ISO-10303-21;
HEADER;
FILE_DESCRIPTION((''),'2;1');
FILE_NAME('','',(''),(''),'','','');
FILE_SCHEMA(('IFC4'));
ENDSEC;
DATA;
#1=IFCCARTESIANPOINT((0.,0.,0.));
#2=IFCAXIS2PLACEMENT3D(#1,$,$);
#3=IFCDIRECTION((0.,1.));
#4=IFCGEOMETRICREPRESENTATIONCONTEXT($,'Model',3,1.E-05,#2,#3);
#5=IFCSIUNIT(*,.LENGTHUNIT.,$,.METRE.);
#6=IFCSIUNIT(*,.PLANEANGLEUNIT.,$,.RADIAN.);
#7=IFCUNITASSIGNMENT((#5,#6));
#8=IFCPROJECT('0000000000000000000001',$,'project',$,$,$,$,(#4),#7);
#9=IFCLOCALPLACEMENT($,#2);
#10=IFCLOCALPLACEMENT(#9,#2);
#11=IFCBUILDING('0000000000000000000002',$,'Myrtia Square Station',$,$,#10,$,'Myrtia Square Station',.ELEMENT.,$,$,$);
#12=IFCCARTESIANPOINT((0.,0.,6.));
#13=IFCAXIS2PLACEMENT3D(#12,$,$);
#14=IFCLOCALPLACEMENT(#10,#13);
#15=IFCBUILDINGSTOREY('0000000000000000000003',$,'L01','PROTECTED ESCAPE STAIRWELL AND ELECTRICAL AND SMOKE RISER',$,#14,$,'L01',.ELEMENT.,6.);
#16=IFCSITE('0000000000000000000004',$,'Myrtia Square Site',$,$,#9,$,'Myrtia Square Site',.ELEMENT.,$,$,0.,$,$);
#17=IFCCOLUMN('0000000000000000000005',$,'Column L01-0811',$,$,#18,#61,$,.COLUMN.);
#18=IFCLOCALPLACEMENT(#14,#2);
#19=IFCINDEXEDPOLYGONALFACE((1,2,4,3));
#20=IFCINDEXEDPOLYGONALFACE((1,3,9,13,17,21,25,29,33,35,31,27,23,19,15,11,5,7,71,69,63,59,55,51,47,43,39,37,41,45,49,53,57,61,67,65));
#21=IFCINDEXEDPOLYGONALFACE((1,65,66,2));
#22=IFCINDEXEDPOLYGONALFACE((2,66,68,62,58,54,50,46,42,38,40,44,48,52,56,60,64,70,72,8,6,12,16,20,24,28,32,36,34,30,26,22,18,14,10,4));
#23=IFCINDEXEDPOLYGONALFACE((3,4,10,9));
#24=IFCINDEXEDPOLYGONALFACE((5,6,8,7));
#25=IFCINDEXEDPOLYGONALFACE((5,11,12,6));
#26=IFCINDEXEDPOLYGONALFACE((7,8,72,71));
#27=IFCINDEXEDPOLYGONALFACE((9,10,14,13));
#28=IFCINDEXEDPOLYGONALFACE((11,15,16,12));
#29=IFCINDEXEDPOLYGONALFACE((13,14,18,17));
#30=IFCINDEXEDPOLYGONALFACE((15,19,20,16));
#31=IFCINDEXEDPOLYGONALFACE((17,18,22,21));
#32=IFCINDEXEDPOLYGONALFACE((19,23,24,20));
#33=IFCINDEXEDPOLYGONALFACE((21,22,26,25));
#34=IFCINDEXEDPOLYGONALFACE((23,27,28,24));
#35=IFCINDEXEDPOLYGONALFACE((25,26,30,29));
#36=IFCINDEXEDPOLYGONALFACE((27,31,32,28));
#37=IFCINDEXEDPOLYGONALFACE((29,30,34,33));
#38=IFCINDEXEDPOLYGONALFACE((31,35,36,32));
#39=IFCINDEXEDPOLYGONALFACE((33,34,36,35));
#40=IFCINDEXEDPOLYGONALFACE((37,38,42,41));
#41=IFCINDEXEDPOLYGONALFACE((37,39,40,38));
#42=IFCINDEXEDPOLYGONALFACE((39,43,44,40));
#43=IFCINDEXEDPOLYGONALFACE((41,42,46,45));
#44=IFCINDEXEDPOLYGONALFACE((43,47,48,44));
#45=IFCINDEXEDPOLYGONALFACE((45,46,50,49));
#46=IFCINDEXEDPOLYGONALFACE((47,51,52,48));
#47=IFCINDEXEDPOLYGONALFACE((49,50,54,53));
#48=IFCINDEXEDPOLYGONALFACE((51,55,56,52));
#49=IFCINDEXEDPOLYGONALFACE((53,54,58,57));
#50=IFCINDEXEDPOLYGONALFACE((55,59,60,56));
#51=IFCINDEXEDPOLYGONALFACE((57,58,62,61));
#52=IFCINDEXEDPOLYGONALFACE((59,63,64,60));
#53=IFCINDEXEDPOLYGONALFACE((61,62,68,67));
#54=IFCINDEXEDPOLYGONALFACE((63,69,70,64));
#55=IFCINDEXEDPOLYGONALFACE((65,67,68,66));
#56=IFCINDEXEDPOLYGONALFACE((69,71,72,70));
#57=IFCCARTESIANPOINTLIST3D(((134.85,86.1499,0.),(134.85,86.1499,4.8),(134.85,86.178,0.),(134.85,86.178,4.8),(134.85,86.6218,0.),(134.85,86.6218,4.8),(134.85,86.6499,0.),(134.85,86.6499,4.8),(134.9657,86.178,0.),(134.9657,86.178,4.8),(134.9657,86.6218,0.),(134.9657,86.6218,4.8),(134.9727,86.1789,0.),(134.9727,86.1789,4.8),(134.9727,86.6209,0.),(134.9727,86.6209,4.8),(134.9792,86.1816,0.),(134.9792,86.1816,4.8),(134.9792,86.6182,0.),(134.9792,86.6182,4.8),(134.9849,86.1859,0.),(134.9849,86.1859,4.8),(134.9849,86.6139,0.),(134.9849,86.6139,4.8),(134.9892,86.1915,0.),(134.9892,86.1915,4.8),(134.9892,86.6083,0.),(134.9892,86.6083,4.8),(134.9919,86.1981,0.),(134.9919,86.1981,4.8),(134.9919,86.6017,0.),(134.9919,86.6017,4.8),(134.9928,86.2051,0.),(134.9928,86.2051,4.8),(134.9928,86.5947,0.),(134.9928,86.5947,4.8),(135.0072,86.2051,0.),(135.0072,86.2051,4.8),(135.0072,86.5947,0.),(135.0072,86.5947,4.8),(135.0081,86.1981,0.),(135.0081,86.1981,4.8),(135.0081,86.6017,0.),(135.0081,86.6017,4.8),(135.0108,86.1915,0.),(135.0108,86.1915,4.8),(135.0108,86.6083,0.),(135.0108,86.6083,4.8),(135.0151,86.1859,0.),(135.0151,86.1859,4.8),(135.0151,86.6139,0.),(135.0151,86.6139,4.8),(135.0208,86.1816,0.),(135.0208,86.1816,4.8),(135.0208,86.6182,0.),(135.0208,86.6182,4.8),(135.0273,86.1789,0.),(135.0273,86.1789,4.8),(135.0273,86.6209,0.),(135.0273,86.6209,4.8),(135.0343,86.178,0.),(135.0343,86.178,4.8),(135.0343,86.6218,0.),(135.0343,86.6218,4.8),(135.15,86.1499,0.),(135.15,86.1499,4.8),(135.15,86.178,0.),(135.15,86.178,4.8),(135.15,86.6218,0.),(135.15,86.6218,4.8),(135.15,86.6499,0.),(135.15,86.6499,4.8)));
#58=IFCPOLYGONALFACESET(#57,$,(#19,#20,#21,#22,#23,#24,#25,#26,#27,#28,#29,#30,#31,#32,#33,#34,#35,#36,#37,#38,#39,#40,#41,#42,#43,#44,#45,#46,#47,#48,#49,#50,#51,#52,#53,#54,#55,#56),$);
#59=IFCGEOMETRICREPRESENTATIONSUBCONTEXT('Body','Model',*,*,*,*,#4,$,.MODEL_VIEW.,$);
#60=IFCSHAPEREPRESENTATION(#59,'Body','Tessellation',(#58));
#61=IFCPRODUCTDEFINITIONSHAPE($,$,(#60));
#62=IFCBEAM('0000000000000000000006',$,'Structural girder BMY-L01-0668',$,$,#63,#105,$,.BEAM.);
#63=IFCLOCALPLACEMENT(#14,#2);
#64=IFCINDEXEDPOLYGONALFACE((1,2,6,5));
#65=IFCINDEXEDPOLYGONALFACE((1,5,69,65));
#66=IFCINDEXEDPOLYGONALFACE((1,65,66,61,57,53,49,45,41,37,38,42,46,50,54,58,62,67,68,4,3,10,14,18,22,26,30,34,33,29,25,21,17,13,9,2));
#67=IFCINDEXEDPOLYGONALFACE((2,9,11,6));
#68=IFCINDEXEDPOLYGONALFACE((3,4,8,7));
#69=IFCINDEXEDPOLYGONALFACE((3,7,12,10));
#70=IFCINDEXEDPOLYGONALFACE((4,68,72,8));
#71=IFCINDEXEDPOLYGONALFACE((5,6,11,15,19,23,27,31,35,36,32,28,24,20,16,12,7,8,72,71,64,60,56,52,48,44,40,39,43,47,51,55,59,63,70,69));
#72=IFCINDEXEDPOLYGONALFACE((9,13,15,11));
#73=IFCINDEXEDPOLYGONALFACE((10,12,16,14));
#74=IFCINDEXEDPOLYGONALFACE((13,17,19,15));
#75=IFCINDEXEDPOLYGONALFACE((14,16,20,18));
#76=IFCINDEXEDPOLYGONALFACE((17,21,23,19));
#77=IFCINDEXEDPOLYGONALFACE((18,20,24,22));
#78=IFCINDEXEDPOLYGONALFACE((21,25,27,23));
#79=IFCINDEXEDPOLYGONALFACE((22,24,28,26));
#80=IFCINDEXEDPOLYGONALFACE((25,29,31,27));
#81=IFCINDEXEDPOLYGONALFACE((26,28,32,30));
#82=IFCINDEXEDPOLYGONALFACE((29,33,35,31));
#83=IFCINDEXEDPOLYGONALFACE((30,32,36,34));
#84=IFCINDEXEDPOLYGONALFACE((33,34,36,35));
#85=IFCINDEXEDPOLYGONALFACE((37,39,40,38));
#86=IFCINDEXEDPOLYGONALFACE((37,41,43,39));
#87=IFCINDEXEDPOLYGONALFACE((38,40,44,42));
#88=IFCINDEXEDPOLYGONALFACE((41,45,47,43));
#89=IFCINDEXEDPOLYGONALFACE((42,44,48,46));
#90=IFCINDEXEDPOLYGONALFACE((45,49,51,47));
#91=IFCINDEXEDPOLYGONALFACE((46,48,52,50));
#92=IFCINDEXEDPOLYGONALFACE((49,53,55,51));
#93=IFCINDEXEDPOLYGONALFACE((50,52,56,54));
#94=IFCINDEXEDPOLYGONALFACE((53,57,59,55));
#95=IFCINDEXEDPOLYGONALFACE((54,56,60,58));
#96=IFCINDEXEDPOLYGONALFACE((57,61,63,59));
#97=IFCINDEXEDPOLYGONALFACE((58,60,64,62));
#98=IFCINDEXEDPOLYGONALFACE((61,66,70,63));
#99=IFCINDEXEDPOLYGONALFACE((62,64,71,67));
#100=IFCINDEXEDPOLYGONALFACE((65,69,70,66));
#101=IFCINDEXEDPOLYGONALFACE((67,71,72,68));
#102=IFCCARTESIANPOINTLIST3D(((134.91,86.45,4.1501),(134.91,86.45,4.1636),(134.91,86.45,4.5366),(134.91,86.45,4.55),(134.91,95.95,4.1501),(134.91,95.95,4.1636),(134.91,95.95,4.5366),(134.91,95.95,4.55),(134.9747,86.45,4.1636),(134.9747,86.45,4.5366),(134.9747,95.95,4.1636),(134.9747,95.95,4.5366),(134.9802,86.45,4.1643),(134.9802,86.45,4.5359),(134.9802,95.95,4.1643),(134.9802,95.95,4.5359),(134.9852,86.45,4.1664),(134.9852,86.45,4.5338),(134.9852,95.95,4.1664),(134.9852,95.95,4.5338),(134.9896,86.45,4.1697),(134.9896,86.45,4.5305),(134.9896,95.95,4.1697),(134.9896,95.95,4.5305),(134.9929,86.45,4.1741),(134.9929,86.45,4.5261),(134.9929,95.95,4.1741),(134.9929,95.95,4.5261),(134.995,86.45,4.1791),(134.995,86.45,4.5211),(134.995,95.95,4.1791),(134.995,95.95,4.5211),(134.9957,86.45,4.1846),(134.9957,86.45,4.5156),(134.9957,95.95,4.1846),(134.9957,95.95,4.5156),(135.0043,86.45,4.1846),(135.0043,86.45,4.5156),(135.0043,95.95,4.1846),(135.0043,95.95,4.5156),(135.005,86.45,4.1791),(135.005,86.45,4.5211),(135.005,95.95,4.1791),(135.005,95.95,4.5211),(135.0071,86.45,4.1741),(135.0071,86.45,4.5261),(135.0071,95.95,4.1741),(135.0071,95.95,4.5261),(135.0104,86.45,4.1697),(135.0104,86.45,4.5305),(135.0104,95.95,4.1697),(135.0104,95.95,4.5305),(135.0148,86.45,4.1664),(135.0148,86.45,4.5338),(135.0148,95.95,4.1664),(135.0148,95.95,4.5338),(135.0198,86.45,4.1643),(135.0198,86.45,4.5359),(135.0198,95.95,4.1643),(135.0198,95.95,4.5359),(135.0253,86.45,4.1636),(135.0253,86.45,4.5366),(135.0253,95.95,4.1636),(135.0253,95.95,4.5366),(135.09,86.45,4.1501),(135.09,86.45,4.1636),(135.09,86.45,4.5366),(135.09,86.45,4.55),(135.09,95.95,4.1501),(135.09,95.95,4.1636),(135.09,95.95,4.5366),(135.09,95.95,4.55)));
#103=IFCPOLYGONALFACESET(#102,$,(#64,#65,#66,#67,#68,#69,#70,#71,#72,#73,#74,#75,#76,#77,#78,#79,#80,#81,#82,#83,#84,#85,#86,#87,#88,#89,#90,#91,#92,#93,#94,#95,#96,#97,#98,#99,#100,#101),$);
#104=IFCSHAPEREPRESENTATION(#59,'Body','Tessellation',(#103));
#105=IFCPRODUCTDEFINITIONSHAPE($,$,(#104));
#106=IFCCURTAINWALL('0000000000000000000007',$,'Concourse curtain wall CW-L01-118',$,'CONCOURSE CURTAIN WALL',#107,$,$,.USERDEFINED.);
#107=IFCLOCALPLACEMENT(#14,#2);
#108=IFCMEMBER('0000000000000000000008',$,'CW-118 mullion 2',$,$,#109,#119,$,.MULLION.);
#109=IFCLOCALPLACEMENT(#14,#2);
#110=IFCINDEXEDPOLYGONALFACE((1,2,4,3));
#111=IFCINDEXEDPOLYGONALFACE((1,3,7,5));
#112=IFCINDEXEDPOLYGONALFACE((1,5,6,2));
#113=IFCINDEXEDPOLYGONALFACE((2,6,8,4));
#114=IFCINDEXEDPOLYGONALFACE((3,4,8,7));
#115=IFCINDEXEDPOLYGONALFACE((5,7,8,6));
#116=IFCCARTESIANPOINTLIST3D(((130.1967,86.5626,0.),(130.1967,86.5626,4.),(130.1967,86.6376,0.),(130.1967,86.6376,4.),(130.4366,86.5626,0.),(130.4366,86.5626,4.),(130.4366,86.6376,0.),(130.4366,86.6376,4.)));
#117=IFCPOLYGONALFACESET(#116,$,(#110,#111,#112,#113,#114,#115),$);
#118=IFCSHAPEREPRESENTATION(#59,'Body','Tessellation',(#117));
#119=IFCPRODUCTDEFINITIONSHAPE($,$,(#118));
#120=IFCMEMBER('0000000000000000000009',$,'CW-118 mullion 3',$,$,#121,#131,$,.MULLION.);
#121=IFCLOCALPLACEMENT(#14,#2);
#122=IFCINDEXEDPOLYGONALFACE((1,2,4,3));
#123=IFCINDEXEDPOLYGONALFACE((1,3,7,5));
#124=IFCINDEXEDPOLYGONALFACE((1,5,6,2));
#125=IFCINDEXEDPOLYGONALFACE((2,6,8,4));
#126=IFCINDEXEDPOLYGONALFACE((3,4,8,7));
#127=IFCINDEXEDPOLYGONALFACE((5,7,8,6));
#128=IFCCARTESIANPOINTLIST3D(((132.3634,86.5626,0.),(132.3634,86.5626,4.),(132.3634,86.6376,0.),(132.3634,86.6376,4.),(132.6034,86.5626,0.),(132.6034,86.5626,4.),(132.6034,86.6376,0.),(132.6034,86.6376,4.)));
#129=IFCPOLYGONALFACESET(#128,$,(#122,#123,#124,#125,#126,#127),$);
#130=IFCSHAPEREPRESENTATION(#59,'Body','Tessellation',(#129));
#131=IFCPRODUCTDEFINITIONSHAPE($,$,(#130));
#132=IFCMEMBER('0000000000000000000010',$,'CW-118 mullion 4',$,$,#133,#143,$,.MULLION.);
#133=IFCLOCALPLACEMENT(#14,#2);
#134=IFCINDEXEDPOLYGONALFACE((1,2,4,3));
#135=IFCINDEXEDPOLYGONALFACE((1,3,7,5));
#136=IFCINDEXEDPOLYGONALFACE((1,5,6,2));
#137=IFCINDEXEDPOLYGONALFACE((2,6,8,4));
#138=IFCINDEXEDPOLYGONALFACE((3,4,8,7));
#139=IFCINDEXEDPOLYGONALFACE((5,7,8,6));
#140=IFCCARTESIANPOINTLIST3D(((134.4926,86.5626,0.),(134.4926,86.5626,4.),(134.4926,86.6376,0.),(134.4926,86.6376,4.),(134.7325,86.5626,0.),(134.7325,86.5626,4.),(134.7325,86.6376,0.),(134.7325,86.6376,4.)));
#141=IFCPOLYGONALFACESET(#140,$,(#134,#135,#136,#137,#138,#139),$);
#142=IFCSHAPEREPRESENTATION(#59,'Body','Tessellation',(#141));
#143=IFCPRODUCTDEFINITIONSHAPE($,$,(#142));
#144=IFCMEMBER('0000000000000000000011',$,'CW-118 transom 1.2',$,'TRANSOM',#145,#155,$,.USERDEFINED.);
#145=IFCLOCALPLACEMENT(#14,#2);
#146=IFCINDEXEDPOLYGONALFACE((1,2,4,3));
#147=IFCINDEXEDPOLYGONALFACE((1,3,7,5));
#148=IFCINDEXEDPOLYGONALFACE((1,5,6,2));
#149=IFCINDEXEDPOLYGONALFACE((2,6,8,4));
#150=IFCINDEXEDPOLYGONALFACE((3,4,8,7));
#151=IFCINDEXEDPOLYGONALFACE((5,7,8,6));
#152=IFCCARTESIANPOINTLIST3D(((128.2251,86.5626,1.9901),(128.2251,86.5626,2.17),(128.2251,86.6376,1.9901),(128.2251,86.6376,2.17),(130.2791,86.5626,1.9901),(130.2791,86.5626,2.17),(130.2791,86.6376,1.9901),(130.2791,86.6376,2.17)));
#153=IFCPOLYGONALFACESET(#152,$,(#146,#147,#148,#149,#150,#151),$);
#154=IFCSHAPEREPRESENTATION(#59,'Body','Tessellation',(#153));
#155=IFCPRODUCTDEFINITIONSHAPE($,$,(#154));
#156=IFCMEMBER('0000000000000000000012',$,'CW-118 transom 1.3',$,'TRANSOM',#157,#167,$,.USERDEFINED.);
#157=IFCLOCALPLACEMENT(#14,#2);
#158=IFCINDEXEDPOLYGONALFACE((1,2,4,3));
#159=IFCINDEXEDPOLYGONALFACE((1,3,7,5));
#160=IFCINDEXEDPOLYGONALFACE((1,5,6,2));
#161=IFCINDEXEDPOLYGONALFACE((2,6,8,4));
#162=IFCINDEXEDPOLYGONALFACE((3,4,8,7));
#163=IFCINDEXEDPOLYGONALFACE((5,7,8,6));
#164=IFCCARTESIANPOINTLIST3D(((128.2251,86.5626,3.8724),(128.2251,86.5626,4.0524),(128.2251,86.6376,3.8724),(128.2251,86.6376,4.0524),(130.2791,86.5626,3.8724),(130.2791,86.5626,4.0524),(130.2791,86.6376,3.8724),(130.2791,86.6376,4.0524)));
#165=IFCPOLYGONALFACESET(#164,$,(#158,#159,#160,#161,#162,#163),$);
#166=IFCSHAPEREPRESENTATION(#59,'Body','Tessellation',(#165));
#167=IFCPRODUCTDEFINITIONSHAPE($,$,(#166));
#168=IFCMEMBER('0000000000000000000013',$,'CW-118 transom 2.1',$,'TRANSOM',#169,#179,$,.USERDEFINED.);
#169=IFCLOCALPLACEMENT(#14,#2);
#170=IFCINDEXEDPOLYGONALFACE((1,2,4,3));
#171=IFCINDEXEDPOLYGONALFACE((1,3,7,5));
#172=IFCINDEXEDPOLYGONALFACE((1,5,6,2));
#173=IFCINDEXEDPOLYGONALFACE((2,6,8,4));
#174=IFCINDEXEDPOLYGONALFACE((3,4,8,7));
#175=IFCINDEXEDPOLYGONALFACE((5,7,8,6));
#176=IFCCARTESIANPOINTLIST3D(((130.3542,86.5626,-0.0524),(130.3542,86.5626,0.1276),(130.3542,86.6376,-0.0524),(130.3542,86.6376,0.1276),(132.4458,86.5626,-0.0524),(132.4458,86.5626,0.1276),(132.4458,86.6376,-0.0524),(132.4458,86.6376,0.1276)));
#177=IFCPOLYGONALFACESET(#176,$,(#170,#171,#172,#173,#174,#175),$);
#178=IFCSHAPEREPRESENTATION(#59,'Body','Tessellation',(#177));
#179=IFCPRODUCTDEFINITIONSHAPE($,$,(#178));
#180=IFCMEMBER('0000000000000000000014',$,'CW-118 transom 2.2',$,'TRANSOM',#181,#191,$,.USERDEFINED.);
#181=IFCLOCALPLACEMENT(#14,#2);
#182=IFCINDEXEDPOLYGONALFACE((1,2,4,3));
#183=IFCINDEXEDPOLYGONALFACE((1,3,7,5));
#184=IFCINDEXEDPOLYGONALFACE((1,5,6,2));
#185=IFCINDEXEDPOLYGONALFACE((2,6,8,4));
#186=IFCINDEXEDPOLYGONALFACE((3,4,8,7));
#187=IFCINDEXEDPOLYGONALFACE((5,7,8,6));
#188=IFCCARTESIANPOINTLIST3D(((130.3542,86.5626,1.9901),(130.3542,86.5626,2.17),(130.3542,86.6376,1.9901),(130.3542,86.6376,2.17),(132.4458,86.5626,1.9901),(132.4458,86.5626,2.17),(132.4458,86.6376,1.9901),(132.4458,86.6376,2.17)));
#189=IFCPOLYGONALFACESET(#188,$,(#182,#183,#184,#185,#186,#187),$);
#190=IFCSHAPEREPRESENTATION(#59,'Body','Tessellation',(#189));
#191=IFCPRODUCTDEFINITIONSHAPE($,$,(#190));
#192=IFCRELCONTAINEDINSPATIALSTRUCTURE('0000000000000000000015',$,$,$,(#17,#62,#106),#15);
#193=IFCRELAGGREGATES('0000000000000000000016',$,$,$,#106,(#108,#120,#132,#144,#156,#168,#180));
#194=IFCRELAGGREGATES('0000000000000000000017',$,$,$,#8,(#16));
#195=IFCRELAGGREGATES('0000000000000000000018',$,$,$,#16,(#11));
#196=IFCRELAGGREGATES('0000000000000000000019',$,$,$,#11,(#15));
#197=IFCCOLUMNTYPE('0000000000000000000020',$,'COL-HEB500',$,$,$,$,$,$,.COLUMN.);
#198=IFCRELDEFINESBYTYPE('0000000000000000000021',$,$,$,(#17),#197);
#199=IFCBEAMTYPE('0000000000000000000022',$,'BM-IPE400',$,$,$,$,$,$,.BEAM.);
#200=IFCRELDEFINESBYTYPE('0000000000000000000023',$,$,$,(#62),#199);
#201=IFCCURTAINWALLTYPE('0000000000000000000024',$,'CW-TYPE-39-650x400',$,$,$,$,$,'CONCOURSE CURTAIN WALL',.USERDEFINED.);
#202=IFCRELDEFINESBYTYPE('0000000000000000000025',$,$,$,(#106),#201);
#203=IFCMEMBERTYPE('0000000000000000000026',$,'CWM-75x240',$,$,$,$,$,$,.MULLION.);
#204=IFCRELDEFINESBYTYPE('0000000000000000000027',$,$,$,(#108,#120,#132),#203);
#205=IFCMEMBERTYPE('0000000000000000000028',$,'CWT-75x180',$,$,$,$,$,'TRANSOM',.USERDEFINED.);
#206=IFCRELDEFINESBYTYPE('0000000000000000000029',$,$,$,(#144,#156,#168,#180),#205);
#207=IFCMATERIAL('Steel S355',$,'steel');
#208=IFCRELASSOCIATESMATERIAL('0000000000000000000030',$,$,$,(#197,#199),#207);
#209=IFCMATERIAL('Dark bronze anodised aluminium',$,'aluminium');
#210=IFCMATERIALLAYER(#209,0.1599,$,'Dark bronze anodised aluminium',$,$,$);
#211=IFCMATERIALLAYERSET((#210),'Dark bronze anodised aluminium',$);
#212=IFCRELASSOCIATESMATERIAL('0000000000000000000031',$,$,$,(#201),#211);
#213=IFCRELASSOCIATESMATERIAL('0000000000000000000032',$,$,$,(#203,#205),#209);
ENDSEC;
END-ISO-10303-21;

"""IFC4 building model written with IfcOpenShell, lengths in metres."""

from ifc_helpers import new_model, si_unit, direction, frame, origin, origin_2d, place, context, subcontext, project, spatial, rectangle, i_section, extrude, material, layer, layer_set, material_profile, profile_set, type_object, element, aggregate, save


model = new_model("IFC4")

# Units and contexts
model_context = context("Model", 3, precision=1e-05, world=origin(), true_north=direction((0.0, 1.0)))
body_context = subcontext(model_context, "Body", "Model", "MODEL_VIEW")
ifc_project = project(units=[si_unit("LENGTHUNIT", "METRE"), si_unit("PLANEANGLEUNIT", "RADIAN")], contexts=[model_context])

# Site, building, storey
site_placement = place(None, origin())
site = spatial("IfcSite", under=ifc_project, at=site_placement, Name="Myrtia Square Site", LongName="Myrtia Square Site", CompositionType="ELEMENT", RefElevation=0.0)
building_placement = place(site_placement, origin())
building = spatial("IfcBuilding", under=site, at=building_placement, Name="Myrtia Square Station", LongName="Myrtia Square Station", CompositionType="ELEMENT")
storey_placement = place(building_placement, frame((0.0, 0.0, 6.0)))
storey = spatial("IfcBuildingStorey", under=building, at=storey_placement, Name="L01", Description="PROTECTED ESCAPE STAIRWELL AND ELECTRICAL AND SMOKE RISER", LongName="L01", CompositionType="ELEMENT", Elevation=6.0)

# Column
ifc_material_1 = material(Name="Steel S355", Category="steel")
ifc_material_profile_1 = material_profile(ifc_material_1, i_section(OverallWidth=0.3, OverallDepth=0.5, WebThickness=0.0144, FlangeThickness=0.0281, FilletRadius=0.0271, at=origin_2d()), Name="HEB 500")
ifc_profile_set_1 = profile_set([ifc_material_profile_1], Name="Steel S355")
column_type = type_object("IfcColumnType", Name="COL-HEB500", PredefinedType="COLUMN", material=ifc_profile_set_1)
column_placement = place(storey_placement, frame((135.0, 86.3999, 0.0), z_axis=(0.0, 0.0, 1.0), x_axis=(1.0, 0.0, 0.0)))
element("IfcColumn", 1, at=column_placement, inside=storey, type_object=column_type, Name="Column L01-0811", PredefinedType="COLUMN", context=body_context, shape_type="SweptSolid", body=[
    extrude(i_section(OverallWidth=0.3, OverallDepth=0.5, WebThickness=0.0144, FlangeThickness=0.0281, FilletRadius=0.0271, at=origin_2d()), origin(), (0.0, 0.0, 1.0), 4.8),
])

# Beam
ifc_material_profile_2 = material_profile(ifc_material_1, i_section(OverallWidth=0.1799, OverallDepth=0.3999, WebThickness=0.0085, FlangeThickness=0.0134, FilletRadius=0.021, at=origin_2d()), Name="IPE 400")
ifc_profile_set_2 = profile_set([ifc_material_profile_2], Name="Steel S355")
beam_type = type_object("IfcBeamType", Name="BM-IPE400", PredefinedType="BEAM", material=ifc_profile_set_2)
beam_placement = place(storey_placement, frame((135.0, 86.45, 4.3501), z_axis=(0.0, 1.0, 0.0), x_axis=(-1.0, 0.0, 0.0)))
element("IfcBeam", 2, at=beam_placement, inside=storey, type_object=beam_type, Name="Structural girder BMY-L01-0668", PredefinedType="BEAM", context=body_context, shape_type="SweptSolid", body=[
    extrude(i_section(OverallWidth=0.1799, OverallDepth=0.3999, WebThickness=0.0085, FlangeThickness=0.0134, FilletRadius=0.021, at=origin_2d()), origin(), (0.0, 0.0, 1.0), 9.5),
])

# Curtain wall, members
ifc_material_2 = material(Name="Dark bronze anodised aluminium", Category="aluminium")
ifc_layer_1 = layer(ifc_material_2, 0.1599, Name="Dark bronze anodised aluminium")
ifc_layer_set_1 = layer_set([ifc_layer_1], Name="Dark bronze anodised aluminium")
curtain_wall_type = type_object("IfcCurtainWallType", Name="CW-TYPE-39-650x400", ElementType="CONCOURSE CURTAIN WALL", PredefinedType="USERDEFINED", material=ifc_layer_set_1)
curtain_wall_placement = place(storey_placement, origin())
curtain_wall = element("IfcCurtainWall", 3, at=curtain_wall_placement, inside=storey, type_object=curtain_wall_type, Name="Concourse curtain wall CW-L01-118", ObjectType="CONCOURSE CURTAIN WALL", PredefinedType="USERDEFINED")
ifc_material_profile_3 = material_profile(ifc_material_2, rectangle(XDim=0.075, YDim=0.24, at=origin_2d()), Name="ALU-M 75x240")
ifc_profile_set_3 = profile_set([ifc_material_profile_3], Name="Dark bronze anodised aluminium")
member_type_1 = type_object("IfcMemberType", Name="CWM-75x240", PredefinedType="MULLION", material=ifc_profile_set_3)
member_1_placement = place(storey_placement, frame((130.3167, 86.6001, 0.0), z_axis=(0.0, 0.0, 1.0), x_axis=(0.0, 1.0, 0.0)))
member_1 = element("IfcMember", 4, at=member_1_placement, type_object=member_type_1, Name="CW-118 mullion 2", PredefinedType="MULLION", context=body_context, shape_type="SweptSolid", body=[
    extrude(rectangle(XDim=0.075, YDim=0.24, at=origin_2d()), origin(), (0.0, 0.0, 1.0), 4.0),
])
member_2_placement = place(storey_placement, frame((132.4834, 86.6001, 0.0), z_axis=(0.0, 0.0, 1.0), x_axis=(0.0, 1.0, 0.0)))
member_2 = element("IfcMember", 5, at=member_2_placement, type_object=member_type_1, Name="CW-118 mullion 3", PredefinedType="MULLION", context=body_context, shape_type="SweptSolid", body=[
    extrude(rectangle(XDim=0.075, YDim=0.24, at=origin_2d()), origin(), (0.0, 0.0, 1.0), 4.0),
])
member_3_placement = place(storey_placement, frame((134.6125, 86.6001, 0.0), z_axis=(0.0, 0.0, 1.0), x_axis=(0.0, 1.0, 0.0)))
member_3 = element("IfcMember", 6, at=member_3_placement, type_object=member_type_1, Name="CW-118 mullion 4", PredefinedType="MULLION", context=body_context, shape_type="SweptSolid", body=[
    extrude(rectangle(XDim=0.075, YDim=0.24, at=origin_2d()), origin(), (0.0, 0.0, 1.0), 4.0),
])
ifc_material_profile_4 = material_profile(ifc_material_2, rectangle(XDim=0.075, YDim=0.1799, at=origin_2d()), Name="ALU-T 75x180")
ifc_profile_set_4 = profile_set([ifc_material_profile_4], Name="Dark bronze anodised aluminium")
member_type_2 = type_object("IfcMemberType", Name="CWT-75x180", ElementType="TRANSOM", PredefinedType="USERDEFINED", material=ifc_profile_set_4)
member_4_placement = place(storey_placement, frame((128.2251, 86.6001, 2.0801), z_axis=(1.0, 0.0, 0.0), x_axis=(0.0, 1.0, 0.0)))
member_4 = element("IfcMember", 7, at=member_4_placement, type_object=member_type_2, Name="CW-118 transom 1.2", ObjectType="TRANSOM", PredefinedType="USERDEFINED", context=body_context, shape_type="SweptSolid", body=[
    extrude(rectangle(XDim=0.075, YDim=0.1799, at=origin_2d()), origin(), (0.0, 0.0, 1.0), 2.054),
])
member_5_placement = place(storey_placement, frame((128.2251, 86.6001, 3.9624), z_axis=(1.0, 0.0, 0.0), x_axis=(0.0, 1.0, 0.0)))
member_5 = element("IfcMember", 8, at=member_5_placement, type_object=member_type_2, Name="CW-118 transom 1.3", ObjectType="TRANSOM", PredefinedType="USERDEFINED", context=body_context, shape_type="SweptSolid", body=[
    extrude(rectangle(XDim=0.075, YDim=0.1799, at=origin_2d()), origin(), (0.0, 0.0, 1.0), 2.054),
])
member_6_placement = place(storey_placement, frame((130.3542, 86.6001, 0.0376), z_axis=(1.0, 0.0, 0.0), x_axis=(0.0, 1.0, 0.0)))
member_6 = element("IfcMember", 9, at=member_6_placement, type_object=member_type_2, Name="CW-118 transom 2.1", ObjectType="TRANSOM", PredefinedType="USERDEFINED", context=body_context, shape_type="SweptSolid", body=[
    extrude(rectangle(XDim=0.075, YDim=0.1799, at=origin_2d()), origin(), (0.0, 0.0, 1.0), 2.0916),
])
member_7_placement = place(storey_placement, frame((130.3542, 86.6001, 2.0801), z_axis=(1.0, 0.0, 0.0), x_axis=(0.0, 1.0, 0.0)))
member_7 = element("IfcMember", 10, at=member_7_placement, type_object=member_type_2, Name="CW-118 transom 2.2", ObjectType="TRANSOM", PredefinedType="USERDEFINED", context=body_context, shape_type="SweptSolid", body=[
    extrude(rectangle(XDim=0.075, YDim=0.1799, at=origin_2d()), origin(), (0.0, 0.0, 1.0), 2.0916),
])
aggregate(curtain_wall, [member_1, member_2, member_3, member_4, member_5, member_6, member_7])

save(model, "model.ifc")
